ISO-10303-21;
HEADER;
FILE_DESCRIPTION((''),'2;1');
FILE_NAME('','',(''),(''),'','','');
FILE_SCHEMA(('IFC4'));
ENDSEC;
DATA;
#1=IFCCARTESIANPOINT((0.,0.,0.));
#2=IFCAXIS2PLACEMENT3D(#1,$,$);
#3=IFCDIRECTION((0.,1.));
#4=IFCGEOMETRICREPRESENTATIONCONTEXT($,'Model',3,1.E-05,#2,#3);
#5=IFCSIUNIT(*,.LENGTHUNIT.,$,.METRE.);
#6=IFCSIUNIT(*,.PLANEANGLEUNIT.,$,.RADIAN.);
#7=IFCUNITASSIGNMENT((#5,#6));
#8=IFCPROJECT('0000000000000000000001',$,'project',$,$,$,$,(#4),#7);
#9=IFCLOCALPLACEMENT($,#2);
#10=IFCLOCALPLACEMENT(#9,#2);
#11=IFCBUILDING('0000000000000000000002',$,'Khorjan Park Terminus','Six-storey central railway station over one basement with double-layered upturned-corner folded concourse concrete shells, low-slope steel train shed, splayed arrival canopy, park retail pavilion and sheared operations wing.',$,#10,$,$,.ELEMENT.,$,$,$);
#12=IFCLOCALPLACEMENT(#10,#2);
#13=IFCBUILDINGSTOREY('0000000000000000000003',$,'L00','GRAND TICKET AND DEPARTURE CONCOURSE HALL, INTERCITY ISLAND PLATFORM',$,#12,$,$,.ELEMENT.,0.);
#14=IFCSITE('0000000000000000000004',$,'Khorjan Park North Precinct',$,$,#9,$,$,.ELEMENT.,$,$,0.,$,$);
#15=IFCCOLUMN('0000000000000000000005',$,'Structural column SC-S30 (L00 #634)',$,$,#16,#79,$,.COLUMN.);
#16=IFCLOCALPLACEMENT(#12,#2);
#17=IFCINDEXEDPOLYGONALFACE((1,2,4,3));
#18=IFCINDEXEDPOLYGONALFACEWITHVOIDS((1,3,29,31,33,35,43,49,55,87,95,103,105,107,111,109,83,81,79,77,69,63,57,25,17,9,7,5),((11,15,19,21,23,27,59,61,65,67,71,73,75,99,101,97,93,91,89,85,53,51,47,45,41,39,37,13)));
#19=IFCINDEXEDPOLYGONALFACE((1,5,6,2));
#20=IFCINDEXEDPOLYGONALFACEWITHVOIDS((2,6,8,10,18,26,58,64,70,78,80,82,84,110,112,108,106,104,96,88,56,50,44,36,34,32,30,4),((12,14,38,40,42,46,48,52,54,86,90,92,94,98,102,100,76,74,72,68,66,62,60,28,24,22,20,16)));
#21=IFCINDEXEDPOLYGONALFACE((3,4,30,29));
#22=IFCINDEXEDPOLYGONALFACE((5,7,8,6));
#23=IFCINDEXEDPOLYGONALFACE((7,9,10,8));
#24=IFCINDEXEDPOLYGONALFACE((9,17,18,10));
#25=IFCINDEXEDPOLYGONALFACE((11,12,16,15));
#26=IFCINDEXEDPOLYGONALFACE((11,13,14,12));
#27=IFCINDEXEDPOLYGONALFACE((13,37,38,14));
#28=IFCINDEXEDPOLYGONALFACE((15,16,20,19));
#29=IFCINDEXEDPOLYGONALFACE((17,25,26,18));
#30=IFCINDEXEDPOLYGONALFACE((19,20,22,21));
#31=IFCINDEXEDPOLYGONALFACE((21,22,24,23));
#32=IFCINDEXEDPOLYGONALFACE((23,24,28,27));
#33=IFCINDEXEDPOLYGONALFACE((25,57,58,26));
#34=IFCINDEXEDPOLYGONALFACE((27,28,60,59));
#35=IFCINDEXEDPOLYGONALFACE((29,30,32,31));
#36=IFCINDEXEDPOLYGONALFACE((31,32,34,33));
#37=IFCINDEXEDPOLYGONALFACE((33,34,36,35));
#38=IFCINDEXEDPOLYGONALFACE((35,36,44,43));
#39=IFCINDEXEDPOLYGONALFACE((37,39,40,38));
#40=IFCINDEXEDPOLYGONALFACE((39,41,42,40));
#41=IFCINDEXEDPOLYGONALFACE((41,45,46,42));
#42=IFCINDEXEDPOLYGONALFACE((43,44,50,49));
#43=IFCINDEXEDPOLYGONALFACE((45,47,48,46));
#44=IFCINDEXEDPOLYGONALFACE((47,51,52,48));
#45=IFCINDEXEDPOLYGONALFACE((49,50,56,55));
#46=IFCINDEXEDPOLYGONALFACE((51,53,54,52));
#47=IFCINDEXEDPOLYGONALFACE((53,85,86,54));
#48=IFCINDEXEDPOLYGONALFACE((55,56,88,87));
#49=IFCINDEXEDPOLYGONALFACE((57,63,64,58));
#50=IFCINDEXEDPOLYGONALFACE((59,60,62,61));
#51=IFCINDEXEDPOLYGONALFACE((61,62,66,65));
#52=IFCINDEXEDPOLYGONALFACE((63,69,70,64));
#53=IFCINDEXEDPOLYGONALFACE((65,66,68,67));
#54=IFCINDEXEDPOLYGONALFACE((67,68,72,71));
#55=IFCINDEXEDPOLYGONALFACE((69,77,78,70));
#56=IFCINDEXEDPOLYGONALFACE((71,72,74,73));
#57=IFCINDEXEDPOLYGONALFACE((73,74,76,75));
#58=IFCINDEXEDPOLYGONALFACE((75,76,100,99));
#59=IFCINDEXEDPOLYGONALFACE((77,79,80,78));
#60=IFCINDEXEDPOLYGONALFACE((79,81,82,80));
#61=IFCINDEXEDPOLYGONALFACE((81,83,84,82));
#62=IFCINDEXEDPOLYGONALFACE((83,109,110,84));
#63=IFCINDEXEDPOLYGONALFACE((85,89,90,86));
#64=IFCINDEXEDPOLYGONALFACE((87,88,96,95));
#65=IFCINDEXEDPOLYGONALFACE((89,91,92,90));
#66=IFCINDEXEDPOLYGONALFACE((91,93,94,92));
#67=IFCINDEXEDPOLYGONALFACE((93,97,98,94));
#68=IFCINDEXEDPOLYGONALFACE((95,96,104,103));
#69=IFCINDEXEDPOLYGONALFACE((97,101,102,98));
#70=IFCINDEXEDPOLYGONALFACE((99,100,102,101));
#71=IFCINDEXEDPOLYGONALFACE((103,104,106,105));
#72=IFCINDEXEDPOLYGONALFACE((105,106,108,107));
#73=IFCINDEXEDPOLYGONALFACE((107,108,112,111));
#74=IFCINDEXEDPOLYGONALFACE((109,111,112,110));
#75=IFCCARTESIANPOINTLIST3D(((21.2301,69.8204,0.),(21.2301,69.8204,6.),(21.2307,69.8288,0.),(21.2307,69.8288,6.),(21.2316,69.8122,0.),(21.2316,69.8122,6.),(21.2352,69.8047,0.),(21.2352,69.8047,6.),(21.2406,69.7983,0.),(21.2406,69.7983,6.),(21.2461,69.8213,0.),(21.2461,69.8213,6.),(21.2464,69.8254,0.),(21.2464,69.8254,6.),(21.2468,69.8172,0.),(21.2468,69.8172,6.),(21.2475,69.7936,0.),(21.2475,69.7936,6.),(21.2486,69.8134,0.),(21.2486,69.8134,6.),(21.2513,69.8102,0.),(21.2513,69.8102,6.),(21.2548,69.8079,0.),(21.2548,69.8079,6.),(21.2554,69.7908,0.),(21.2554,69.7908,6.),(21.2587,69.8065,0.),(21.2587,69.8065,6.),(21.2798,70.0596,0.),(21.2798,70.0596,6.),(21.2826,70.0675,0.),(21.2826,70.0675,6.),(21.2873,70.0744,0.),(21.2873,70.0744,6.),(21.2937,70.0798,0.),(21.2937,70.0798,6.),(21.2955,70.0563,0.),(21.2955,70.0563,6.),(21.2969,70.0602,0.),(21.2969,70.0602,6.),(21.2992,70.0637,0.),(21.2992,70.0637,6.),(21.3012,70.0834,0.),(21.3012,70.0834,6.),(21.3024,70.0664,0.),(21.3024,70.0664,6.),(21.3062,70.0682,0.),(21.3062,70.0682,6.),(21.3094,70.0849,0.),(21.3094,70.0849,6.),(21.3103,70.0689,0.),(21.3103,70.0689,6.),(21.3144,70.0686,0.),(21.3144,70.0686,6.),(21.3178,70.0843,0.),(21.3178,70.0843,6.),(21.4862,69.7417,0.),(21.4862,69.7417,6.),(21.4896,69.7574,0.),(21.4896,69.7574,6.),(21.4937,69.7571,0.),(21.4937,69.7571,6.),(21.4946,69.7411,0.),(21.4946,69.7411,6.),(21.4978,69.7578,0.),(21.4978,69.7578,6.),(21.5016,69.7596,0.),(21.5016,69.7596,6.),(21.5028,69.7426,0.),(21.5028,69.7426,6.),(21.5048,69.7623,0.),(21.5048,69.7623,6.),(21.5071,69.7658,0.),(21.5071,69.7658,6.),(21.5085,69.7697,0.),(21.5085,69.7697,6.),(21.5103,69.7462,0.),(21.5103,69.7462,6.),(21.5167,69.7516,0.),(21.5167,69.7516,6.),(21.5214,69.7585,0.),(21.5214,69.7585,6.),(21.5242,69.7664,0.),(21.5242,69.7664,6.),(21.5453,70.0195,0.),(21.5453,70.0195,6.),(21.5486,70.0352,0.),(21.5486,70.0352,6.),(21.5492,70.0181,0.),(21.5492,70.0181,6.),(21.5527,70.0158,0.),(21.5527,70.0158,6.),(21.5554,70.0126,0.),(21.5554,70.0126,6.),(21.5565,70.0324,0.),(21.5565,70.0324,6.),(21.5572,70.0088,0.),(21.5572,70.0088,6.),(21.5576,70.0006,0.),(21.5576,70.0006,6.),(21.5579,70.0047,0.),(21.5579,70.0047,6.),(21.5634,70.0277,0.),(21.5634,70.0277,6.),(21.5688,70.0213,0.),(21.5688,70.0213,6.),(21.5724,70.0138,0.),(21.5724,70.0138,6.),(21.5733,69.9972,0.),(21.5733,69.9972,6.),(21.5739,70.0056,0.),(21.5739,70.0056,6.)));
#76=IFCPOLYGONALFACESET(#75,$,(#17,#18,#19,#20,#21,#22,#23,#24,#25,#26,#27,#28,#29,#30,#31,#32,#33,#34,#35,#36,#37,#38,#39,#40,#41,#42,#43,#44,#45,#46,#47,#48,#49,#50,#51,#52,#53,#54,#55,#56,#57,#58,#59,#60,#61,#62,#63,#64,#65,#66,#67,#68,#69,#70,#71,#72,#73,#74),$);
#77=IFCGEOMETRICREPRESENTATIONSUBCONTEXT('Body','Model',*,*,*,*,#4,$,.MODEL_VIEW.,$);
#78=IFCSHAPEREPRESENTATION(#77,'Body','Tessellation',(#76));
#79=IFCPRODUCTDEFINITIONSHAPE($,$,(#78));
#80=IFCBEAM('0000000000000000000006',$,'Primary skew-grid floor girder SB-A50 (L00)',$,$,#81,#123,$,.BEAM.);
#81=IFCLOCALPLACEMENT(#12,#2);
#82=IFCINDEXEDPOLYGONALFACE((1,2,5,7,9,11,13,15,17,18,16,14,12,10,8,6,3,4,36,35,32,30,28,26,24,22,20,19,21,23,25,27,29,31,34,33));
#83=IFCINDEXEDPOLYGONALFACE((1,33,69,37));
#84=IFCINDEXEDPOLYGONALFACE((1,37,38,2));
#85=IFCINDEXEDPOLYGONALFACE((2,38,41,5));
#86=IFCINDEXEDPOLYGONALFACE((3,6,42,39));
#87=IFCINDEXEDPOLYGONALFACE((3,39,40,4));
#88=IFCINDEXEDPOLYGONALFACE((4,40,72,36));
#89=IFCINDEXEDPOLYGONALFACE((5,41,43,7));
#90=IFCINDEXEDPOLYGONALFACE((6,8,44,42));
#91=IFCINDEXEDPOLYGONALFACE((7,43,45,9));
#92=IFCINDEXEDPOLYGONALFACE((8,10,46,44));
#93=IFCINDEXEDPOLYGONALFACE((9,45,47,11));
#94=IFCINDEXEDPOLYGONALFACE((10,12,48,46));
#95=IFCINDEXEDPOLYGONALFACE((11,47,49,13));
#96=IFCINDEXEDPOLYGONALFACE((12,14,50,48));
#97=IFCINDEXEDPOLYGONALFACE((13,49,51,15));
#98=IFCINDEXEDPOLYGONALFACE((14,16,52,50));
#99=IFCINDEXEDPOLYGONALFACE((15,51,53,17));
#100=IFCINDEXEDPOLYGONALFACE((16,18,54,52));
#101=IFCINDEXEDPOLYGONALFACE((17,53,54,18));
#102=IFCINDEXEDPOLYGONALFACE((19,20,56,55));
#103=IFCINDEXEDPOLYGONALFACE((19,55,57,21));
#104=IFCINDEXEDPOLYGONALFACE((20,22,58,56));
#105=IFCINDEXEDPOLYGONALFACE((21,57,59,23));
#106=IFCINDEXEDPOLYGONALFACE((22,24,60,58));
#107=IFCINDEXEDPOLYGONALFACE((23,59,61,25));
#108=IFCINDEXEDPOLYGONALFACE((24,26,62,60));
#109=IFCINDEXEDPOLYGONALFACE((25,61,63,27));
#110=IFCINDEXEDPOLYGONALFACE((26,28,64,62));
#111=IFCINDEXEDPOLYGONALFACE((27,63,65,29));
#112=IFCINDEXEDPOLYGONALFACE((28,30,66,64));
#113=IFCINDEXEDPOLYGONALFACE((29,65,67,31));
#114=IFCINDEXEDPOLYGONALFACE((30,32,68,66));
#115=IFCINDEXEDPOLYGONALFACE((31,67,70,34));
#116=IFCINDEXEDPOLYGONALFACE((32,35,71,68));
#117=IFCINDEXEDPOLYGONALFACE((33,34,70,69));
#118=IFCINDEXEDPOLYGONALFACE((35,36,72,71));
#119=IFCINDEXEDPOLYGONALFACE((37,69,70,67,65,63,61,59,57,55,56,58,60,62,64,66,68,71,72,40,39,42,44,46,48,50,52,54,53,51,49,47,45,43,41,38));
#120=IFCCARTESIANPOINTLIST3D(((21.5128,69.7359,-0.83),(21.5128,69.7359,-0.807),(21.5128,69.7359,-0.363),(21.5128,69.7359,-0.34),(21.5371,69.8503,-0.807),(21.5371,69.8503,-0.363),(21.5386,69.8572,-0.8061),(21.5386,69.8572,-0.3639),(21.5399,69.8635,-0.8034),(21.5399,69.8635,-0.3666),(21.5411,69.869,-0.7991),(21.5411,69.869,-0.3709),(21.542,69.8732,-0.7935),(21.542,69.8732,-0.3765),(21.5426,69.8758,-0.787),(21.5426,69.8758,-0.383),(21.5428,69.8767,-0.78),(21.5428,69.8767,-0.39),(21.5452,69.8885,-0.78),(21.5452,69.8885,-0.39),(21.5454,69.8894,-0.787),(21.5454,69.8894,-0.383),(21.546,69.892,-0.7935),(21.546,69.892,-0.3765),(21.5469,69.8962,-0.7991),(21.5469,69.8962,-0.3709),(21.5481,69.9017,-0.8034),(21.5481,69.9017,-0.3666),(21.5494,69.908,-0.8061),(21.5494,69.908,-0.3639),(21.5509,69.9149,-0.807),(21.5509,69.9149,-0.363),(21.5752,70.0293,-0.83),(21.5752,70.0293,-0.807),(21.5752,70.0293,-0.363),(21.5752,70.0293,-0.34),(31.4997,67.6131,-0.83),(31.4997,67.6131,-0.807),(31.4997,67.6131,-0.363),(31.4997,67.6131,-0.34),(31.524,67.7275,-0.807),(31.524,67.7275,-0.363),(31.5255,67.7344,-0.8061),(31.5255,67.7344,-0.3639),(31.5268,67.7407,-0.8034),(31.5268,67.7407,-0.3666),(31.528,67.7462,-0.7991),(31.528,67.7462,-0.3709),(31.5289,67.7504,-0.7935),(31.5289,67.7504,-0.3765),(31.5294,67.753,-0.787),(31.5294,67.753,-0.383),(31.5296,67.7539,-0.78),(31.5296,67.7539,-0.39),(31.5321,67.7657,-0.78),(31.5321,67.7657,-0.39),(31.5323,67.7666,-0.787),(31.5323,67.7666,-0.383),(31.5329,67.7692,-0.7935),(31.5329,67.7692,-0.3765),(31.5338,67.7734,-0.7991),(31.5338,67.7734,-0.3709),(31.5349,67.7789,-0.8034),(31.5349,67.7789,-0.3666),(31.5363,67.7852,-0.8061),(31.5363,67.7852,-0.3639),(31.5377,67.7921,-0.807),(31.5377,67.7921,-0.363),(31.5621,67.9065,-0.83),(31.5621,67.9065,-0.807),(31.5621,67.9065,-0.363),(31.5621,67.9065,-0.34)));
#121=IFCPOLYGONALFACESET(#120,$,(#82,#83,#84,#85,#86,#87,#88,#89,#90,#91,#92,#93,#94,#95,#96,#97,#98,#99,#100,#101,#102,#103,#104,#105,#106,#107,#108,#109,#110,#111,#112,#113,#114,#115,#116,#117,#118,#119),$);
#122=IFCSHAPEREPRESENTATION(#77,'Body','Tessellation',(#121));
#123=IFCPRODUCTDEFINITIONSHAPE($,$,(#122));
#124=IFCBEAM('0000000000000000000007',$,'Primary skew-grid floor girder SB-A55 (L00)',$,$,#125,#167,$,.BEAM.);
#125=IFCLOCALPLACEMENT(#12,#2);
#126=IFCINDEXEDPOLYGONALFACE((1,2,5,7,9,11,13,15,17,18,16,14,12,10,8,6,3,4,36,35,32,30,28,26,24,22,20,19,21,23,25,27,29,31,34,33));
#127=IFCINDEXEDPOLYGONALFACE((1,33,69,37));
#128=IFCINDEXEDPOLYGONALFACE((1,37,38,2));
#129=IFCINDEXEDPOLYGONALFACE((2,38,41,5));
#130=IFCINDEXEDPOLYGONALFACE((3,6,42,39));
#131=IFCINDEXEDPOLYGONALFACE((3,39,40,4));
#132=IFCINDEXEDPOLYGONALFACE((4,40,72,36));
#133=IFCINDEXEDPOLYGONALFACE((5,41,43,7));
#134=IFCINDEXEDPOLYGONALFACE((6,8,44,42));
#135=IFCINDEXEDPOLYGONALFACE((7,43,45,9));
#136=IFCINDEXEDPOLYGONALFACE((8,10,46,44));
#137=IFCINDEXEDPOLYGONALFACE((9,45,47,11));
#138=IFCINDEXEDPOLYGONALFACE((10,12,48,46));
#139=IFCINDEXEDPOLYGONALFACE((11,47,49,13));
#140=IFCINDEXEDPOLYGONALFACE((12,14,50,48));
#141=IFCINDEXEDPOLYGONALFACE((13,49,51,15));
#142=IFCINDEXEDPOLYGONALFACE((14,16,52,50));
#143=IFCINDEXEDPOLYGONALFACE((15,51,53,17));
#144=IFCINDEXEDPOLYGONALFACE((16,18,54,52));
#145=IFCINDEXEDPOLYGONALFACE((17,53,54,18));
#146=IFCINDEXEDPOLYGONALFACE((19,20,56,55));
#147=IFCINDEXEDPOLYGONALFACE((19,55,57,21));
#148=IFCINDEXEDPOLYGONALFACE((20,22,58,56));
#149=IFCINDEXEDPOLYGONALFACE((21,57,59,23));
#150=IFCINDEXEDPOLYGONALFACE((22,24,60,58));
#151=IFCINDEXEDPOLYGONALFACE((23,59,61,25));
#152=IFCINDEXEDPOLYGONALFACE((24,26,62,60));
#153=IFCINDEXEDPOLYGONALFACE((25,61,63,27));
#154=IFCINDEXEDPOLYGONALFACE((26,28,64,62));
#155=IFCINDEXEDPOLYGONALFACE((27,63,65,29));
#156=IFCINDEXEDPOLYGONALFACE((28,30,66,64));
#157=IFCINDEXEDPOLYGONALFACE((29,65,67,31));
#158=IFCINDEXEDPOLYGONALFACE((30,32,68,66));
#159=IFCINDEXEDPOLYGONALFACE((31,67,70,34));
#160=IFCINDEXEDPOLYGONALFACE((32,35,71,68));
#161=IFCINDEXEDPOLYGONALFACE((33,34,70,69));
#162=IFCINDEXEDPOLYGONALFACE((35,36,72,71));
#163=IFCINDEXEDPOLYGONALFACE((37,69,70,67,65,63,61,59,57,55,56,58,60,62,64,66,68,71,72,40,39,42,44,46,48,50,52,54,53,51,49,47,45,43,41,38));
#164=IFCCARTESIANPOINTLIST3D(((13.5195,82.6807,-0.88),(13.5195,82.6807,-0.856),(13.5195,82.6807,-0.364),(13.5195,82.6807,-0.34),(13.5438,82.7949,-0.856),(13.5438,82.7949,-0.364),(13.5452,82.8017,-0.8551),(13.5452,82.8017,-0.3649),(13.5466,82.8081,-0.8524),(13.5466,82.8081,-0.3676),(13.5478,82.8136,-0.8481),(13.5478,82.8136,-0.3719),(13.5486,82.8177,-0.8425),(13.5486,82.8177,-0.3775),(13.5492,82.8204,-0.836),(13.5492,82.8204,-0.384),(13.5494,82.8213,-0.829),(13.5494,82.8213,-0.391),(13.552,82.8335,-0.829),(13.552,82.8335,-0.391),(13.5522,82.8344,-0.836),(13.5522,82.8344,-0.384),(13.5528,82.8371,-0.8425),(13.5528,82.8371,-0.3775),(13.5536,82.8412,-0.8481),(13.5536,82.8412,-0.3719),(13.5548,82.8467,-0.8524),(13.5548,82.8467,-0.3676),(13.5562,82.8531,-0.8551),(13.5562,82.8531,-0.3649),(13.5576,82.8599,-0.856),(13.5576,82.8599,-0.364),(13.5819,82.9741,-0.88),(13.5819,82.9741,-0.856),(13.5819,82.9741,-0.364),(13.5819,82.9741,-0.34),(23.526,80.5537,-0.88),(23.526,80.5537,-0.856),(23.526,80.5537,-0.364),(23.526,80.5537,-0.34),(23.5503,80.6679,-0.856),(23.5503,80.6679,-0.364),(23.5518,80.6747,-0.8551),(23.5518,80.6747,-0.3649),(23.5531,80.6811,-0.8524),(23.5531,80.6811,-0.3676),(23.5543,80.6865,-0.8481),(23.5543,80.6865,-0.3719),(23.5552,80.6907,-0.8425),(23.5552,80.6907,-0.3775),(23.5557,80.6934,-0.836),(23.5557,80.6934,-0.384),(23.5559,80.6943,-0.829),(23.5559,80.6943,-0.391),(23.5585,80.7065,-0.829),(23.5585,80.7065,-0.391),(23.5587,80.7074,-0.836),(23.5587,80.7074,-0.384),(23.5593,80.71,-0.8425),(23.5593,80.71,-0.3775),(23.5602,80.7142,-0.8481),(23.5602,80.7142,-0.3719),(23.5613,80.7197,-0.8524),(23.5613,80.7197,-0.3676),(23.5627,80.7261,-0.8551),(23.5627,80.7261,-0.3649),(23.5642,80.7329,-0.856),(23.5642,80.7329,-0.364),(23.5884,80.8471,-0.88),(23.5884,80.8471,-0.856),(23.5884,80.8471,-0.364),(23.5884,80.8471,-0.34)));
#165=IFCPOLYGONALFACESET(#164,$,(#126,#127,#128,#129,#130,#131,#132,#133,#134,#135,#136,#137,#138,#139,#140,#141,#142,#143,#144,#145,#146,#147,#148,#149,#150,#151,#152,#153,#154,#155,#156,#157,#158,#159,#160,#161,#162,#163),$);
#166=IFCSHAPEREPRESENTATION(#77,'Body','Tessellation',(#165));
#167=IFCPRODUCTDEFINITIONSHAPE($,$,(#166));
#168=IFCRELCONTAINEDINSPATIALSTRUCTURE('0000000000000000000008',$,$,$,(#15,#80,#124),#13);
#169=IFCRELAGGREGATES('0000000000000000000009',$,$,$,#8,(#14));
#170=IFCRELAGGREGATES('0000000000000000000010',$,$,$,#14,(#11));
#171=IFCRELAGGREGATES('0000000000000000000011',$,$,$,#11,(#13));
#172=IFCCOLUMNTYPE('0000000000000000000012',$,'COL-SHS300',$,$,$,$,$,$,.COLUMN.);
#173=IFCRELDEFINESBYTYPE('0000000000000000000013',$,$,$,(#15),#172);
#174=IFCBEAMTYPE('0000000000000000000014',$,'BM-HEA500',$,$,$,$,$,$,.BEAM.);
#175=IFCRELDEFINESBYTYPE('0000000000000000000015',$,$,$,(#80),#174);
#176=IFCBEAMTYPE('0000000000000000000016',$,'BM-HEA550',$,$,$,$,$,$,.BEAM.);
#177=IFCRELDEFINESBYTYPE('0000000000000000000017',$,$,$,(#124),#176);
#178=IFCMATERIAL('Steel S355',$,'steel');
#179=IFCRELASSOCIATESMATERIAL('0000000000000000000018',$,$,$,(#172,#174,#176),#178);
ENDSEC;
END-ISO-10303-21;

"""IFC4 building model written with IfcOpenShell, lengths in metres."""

from ifc_helpers import new_model, si_unit, direction, frame, origin, origin_2d, place, context, subcontext, project, spatial, hollow_rectangle, i_section, extrude, material, material_profile, profile_set, type_object, element, save


model = new_model("IFC4")

# Units and contexts
model_context = context("Model", 3, precision=1e-05, world=origin(), true_north=direction((0.0, 1.0)))
body_context = subcontext(model_context, "Body", "Model", "MODEL_VIEW")
ifc_project = project(units=[si_unit("LENGTHUNIT", "METRE"), si_unit("PLANEANGLEUNIT", "RADIAN")], contexts=[model_context])

# Site, building, storey
site_placement = place(None, origin())
site = spatial("IfcSite", under=ifc_project, at=site_placement, Name="Khorjan Park North Precinct", CompositionType="ELEMENT", RefElevation=0.0)
building_placement = place(site_placement, origin())
building = spatial("IfcBuilding", under=site, at=building_placement, Name="Khorjan Park Terminus", Description="Six-storey central railway station over one basement with double-layered upturned-corner folded concourse concrete shells, low-slope steel train shed, splayed arrival canopy, park retail pavilion and sheared operations wing.", CompositionType="ELEMENT")
storey_placement = place(building_placement, origin())
storey = spatial("IfcBuildingStorey", under=building, at=storey_placement, Name="L00", Description="GRAND TICKET AND DEPARTURE CONCOURSE HALL, INTERCITY ISLAND PLATFORM", CompositionType="ELEMENT", Elevation=0.0)

# Column
ifc_material_1 = material(Name="Steel S355", Category="steel")
ifc_material_profile_1 = material_profile(ifc_material_1, hollow_rectangle(XDim=0.3, YDim=0.3, WallThickness=0.016, InnerFilletRadius=0.016, OuterFilletRadius=0.032, at=origin_2d()), Name="SHS 300x300x16")
ifc_profile_set_1 = profile_set([ifc_material_profile_1], Name="Steel S355")
column_type_1 = type_object("IfcColumnType", Name="COL-SHS300", PredefinedType="COLUMN", material=ifc_profile_set_1)
column_1_placement = place(storey_placement, frame((21.402, 69.913, 0.0), z_axis=(0.0, 0.0, 1.0), x_axis=(0.978148, -0.207912, 0.0)))
element("IfcColumn", 1, at=column_1_placement, inside=storey, type_object=column_type_1, Name="Structural column SC-S30 (L00 #634)", PredefinedType="COLUMN", context=body_context, shape_type="SweptSolid", body=[
    extrude(hollow_rectangle(XDim=0.3, YDim=0.3, WallThickness=0.016, InnerFilletRadius=0.016, OuterFilletRadius=0.032, at=origin_2d()), origin(), (0.0, 0.0, 1.0), 6.0),
])

# Beams
ifc_material_profile_2 = material_profile(ifc_material_1, i_section(OverallWidth=0.3, OverallDepth=0.49, WebThickness=0.012, FlangeThickness=0.023, FilletRadius=0.027, at=origin_2d()), Name="HEA 500")
ifc_profile_set_2 = profile_set([ifc_material_profile_2], Name="Steel S355")
beam_type_1 = type_object("IfcBeamType", Name="BM-HEA500", PredefinedType="BEAM", material=ifc_profile_set_2)
beam_1_placement = place(storey_placement, frame((21.544, 69.8826, -0.585), z_axis=(0.978147, -0.207913, 0.0), x_axis=(0.207913, 0.978147, 0.0)))
element("IfcBeam", 2, at=beam_1_placement, inside=storey, type_object=beam_type_1, Name="Primary skew-grid floor girder SB-A50 (L00)", PredefinedType="BEAM", context=body_context, shape_type="SweptSolid", body=[
    extrude(i_section(OverallWidth=0.3, OverallDepth=0.49, WebThickness=0.012, FlangeThickness=0.023, FilletRadius=0.027, at=origin_2d()), origin(), (0.0, 0.0, 1.0), 10.21),
])
ifc_material_profile_3 = material_profile(ifc_material_1, i_section(OverallWidth=0.3, OverallDepth=0.54, WebThickness=0.0125, FlangeThickness=0.024, FilletRadius=0.027, at=origin_2d()), Name="HEA 550")
ifc_profile_set_3 = profile_set([ifc_material_profile_3], Name="Steel S355")
beam_type_2 = type_object("IfcBeamType", Name="BM-HEA550", PredefinedType="BEAM", material=ifc_profile_set_3)
beam_2_placement = place(storey_placement, frame((13.5507, 82.8274, -0.61), z_axis=(0.978147, -0.207917, 0.0), x_axis=(0.207917, 0.978147, 0.0)))
element("IfcBeam", 3, at=beam_2_placement, inside=storey, type_object=beam_type_2, Name="Primary skew-grid floor girder SB-A55 (L00)", PredefinedType="BEAM", context=body_context, shape_type="SweptSolid", body=[
    extrude(i_section(OverallWidth=0.3, OverallDepth=0.54, WebThickness=0.0125, FlangeThickness=0.024, FilletRadius=0.027, at=origin_2d()), origin(), (0.0, 0.0, 1.0), 10.2301),
])

save(model, "model.ifc")
